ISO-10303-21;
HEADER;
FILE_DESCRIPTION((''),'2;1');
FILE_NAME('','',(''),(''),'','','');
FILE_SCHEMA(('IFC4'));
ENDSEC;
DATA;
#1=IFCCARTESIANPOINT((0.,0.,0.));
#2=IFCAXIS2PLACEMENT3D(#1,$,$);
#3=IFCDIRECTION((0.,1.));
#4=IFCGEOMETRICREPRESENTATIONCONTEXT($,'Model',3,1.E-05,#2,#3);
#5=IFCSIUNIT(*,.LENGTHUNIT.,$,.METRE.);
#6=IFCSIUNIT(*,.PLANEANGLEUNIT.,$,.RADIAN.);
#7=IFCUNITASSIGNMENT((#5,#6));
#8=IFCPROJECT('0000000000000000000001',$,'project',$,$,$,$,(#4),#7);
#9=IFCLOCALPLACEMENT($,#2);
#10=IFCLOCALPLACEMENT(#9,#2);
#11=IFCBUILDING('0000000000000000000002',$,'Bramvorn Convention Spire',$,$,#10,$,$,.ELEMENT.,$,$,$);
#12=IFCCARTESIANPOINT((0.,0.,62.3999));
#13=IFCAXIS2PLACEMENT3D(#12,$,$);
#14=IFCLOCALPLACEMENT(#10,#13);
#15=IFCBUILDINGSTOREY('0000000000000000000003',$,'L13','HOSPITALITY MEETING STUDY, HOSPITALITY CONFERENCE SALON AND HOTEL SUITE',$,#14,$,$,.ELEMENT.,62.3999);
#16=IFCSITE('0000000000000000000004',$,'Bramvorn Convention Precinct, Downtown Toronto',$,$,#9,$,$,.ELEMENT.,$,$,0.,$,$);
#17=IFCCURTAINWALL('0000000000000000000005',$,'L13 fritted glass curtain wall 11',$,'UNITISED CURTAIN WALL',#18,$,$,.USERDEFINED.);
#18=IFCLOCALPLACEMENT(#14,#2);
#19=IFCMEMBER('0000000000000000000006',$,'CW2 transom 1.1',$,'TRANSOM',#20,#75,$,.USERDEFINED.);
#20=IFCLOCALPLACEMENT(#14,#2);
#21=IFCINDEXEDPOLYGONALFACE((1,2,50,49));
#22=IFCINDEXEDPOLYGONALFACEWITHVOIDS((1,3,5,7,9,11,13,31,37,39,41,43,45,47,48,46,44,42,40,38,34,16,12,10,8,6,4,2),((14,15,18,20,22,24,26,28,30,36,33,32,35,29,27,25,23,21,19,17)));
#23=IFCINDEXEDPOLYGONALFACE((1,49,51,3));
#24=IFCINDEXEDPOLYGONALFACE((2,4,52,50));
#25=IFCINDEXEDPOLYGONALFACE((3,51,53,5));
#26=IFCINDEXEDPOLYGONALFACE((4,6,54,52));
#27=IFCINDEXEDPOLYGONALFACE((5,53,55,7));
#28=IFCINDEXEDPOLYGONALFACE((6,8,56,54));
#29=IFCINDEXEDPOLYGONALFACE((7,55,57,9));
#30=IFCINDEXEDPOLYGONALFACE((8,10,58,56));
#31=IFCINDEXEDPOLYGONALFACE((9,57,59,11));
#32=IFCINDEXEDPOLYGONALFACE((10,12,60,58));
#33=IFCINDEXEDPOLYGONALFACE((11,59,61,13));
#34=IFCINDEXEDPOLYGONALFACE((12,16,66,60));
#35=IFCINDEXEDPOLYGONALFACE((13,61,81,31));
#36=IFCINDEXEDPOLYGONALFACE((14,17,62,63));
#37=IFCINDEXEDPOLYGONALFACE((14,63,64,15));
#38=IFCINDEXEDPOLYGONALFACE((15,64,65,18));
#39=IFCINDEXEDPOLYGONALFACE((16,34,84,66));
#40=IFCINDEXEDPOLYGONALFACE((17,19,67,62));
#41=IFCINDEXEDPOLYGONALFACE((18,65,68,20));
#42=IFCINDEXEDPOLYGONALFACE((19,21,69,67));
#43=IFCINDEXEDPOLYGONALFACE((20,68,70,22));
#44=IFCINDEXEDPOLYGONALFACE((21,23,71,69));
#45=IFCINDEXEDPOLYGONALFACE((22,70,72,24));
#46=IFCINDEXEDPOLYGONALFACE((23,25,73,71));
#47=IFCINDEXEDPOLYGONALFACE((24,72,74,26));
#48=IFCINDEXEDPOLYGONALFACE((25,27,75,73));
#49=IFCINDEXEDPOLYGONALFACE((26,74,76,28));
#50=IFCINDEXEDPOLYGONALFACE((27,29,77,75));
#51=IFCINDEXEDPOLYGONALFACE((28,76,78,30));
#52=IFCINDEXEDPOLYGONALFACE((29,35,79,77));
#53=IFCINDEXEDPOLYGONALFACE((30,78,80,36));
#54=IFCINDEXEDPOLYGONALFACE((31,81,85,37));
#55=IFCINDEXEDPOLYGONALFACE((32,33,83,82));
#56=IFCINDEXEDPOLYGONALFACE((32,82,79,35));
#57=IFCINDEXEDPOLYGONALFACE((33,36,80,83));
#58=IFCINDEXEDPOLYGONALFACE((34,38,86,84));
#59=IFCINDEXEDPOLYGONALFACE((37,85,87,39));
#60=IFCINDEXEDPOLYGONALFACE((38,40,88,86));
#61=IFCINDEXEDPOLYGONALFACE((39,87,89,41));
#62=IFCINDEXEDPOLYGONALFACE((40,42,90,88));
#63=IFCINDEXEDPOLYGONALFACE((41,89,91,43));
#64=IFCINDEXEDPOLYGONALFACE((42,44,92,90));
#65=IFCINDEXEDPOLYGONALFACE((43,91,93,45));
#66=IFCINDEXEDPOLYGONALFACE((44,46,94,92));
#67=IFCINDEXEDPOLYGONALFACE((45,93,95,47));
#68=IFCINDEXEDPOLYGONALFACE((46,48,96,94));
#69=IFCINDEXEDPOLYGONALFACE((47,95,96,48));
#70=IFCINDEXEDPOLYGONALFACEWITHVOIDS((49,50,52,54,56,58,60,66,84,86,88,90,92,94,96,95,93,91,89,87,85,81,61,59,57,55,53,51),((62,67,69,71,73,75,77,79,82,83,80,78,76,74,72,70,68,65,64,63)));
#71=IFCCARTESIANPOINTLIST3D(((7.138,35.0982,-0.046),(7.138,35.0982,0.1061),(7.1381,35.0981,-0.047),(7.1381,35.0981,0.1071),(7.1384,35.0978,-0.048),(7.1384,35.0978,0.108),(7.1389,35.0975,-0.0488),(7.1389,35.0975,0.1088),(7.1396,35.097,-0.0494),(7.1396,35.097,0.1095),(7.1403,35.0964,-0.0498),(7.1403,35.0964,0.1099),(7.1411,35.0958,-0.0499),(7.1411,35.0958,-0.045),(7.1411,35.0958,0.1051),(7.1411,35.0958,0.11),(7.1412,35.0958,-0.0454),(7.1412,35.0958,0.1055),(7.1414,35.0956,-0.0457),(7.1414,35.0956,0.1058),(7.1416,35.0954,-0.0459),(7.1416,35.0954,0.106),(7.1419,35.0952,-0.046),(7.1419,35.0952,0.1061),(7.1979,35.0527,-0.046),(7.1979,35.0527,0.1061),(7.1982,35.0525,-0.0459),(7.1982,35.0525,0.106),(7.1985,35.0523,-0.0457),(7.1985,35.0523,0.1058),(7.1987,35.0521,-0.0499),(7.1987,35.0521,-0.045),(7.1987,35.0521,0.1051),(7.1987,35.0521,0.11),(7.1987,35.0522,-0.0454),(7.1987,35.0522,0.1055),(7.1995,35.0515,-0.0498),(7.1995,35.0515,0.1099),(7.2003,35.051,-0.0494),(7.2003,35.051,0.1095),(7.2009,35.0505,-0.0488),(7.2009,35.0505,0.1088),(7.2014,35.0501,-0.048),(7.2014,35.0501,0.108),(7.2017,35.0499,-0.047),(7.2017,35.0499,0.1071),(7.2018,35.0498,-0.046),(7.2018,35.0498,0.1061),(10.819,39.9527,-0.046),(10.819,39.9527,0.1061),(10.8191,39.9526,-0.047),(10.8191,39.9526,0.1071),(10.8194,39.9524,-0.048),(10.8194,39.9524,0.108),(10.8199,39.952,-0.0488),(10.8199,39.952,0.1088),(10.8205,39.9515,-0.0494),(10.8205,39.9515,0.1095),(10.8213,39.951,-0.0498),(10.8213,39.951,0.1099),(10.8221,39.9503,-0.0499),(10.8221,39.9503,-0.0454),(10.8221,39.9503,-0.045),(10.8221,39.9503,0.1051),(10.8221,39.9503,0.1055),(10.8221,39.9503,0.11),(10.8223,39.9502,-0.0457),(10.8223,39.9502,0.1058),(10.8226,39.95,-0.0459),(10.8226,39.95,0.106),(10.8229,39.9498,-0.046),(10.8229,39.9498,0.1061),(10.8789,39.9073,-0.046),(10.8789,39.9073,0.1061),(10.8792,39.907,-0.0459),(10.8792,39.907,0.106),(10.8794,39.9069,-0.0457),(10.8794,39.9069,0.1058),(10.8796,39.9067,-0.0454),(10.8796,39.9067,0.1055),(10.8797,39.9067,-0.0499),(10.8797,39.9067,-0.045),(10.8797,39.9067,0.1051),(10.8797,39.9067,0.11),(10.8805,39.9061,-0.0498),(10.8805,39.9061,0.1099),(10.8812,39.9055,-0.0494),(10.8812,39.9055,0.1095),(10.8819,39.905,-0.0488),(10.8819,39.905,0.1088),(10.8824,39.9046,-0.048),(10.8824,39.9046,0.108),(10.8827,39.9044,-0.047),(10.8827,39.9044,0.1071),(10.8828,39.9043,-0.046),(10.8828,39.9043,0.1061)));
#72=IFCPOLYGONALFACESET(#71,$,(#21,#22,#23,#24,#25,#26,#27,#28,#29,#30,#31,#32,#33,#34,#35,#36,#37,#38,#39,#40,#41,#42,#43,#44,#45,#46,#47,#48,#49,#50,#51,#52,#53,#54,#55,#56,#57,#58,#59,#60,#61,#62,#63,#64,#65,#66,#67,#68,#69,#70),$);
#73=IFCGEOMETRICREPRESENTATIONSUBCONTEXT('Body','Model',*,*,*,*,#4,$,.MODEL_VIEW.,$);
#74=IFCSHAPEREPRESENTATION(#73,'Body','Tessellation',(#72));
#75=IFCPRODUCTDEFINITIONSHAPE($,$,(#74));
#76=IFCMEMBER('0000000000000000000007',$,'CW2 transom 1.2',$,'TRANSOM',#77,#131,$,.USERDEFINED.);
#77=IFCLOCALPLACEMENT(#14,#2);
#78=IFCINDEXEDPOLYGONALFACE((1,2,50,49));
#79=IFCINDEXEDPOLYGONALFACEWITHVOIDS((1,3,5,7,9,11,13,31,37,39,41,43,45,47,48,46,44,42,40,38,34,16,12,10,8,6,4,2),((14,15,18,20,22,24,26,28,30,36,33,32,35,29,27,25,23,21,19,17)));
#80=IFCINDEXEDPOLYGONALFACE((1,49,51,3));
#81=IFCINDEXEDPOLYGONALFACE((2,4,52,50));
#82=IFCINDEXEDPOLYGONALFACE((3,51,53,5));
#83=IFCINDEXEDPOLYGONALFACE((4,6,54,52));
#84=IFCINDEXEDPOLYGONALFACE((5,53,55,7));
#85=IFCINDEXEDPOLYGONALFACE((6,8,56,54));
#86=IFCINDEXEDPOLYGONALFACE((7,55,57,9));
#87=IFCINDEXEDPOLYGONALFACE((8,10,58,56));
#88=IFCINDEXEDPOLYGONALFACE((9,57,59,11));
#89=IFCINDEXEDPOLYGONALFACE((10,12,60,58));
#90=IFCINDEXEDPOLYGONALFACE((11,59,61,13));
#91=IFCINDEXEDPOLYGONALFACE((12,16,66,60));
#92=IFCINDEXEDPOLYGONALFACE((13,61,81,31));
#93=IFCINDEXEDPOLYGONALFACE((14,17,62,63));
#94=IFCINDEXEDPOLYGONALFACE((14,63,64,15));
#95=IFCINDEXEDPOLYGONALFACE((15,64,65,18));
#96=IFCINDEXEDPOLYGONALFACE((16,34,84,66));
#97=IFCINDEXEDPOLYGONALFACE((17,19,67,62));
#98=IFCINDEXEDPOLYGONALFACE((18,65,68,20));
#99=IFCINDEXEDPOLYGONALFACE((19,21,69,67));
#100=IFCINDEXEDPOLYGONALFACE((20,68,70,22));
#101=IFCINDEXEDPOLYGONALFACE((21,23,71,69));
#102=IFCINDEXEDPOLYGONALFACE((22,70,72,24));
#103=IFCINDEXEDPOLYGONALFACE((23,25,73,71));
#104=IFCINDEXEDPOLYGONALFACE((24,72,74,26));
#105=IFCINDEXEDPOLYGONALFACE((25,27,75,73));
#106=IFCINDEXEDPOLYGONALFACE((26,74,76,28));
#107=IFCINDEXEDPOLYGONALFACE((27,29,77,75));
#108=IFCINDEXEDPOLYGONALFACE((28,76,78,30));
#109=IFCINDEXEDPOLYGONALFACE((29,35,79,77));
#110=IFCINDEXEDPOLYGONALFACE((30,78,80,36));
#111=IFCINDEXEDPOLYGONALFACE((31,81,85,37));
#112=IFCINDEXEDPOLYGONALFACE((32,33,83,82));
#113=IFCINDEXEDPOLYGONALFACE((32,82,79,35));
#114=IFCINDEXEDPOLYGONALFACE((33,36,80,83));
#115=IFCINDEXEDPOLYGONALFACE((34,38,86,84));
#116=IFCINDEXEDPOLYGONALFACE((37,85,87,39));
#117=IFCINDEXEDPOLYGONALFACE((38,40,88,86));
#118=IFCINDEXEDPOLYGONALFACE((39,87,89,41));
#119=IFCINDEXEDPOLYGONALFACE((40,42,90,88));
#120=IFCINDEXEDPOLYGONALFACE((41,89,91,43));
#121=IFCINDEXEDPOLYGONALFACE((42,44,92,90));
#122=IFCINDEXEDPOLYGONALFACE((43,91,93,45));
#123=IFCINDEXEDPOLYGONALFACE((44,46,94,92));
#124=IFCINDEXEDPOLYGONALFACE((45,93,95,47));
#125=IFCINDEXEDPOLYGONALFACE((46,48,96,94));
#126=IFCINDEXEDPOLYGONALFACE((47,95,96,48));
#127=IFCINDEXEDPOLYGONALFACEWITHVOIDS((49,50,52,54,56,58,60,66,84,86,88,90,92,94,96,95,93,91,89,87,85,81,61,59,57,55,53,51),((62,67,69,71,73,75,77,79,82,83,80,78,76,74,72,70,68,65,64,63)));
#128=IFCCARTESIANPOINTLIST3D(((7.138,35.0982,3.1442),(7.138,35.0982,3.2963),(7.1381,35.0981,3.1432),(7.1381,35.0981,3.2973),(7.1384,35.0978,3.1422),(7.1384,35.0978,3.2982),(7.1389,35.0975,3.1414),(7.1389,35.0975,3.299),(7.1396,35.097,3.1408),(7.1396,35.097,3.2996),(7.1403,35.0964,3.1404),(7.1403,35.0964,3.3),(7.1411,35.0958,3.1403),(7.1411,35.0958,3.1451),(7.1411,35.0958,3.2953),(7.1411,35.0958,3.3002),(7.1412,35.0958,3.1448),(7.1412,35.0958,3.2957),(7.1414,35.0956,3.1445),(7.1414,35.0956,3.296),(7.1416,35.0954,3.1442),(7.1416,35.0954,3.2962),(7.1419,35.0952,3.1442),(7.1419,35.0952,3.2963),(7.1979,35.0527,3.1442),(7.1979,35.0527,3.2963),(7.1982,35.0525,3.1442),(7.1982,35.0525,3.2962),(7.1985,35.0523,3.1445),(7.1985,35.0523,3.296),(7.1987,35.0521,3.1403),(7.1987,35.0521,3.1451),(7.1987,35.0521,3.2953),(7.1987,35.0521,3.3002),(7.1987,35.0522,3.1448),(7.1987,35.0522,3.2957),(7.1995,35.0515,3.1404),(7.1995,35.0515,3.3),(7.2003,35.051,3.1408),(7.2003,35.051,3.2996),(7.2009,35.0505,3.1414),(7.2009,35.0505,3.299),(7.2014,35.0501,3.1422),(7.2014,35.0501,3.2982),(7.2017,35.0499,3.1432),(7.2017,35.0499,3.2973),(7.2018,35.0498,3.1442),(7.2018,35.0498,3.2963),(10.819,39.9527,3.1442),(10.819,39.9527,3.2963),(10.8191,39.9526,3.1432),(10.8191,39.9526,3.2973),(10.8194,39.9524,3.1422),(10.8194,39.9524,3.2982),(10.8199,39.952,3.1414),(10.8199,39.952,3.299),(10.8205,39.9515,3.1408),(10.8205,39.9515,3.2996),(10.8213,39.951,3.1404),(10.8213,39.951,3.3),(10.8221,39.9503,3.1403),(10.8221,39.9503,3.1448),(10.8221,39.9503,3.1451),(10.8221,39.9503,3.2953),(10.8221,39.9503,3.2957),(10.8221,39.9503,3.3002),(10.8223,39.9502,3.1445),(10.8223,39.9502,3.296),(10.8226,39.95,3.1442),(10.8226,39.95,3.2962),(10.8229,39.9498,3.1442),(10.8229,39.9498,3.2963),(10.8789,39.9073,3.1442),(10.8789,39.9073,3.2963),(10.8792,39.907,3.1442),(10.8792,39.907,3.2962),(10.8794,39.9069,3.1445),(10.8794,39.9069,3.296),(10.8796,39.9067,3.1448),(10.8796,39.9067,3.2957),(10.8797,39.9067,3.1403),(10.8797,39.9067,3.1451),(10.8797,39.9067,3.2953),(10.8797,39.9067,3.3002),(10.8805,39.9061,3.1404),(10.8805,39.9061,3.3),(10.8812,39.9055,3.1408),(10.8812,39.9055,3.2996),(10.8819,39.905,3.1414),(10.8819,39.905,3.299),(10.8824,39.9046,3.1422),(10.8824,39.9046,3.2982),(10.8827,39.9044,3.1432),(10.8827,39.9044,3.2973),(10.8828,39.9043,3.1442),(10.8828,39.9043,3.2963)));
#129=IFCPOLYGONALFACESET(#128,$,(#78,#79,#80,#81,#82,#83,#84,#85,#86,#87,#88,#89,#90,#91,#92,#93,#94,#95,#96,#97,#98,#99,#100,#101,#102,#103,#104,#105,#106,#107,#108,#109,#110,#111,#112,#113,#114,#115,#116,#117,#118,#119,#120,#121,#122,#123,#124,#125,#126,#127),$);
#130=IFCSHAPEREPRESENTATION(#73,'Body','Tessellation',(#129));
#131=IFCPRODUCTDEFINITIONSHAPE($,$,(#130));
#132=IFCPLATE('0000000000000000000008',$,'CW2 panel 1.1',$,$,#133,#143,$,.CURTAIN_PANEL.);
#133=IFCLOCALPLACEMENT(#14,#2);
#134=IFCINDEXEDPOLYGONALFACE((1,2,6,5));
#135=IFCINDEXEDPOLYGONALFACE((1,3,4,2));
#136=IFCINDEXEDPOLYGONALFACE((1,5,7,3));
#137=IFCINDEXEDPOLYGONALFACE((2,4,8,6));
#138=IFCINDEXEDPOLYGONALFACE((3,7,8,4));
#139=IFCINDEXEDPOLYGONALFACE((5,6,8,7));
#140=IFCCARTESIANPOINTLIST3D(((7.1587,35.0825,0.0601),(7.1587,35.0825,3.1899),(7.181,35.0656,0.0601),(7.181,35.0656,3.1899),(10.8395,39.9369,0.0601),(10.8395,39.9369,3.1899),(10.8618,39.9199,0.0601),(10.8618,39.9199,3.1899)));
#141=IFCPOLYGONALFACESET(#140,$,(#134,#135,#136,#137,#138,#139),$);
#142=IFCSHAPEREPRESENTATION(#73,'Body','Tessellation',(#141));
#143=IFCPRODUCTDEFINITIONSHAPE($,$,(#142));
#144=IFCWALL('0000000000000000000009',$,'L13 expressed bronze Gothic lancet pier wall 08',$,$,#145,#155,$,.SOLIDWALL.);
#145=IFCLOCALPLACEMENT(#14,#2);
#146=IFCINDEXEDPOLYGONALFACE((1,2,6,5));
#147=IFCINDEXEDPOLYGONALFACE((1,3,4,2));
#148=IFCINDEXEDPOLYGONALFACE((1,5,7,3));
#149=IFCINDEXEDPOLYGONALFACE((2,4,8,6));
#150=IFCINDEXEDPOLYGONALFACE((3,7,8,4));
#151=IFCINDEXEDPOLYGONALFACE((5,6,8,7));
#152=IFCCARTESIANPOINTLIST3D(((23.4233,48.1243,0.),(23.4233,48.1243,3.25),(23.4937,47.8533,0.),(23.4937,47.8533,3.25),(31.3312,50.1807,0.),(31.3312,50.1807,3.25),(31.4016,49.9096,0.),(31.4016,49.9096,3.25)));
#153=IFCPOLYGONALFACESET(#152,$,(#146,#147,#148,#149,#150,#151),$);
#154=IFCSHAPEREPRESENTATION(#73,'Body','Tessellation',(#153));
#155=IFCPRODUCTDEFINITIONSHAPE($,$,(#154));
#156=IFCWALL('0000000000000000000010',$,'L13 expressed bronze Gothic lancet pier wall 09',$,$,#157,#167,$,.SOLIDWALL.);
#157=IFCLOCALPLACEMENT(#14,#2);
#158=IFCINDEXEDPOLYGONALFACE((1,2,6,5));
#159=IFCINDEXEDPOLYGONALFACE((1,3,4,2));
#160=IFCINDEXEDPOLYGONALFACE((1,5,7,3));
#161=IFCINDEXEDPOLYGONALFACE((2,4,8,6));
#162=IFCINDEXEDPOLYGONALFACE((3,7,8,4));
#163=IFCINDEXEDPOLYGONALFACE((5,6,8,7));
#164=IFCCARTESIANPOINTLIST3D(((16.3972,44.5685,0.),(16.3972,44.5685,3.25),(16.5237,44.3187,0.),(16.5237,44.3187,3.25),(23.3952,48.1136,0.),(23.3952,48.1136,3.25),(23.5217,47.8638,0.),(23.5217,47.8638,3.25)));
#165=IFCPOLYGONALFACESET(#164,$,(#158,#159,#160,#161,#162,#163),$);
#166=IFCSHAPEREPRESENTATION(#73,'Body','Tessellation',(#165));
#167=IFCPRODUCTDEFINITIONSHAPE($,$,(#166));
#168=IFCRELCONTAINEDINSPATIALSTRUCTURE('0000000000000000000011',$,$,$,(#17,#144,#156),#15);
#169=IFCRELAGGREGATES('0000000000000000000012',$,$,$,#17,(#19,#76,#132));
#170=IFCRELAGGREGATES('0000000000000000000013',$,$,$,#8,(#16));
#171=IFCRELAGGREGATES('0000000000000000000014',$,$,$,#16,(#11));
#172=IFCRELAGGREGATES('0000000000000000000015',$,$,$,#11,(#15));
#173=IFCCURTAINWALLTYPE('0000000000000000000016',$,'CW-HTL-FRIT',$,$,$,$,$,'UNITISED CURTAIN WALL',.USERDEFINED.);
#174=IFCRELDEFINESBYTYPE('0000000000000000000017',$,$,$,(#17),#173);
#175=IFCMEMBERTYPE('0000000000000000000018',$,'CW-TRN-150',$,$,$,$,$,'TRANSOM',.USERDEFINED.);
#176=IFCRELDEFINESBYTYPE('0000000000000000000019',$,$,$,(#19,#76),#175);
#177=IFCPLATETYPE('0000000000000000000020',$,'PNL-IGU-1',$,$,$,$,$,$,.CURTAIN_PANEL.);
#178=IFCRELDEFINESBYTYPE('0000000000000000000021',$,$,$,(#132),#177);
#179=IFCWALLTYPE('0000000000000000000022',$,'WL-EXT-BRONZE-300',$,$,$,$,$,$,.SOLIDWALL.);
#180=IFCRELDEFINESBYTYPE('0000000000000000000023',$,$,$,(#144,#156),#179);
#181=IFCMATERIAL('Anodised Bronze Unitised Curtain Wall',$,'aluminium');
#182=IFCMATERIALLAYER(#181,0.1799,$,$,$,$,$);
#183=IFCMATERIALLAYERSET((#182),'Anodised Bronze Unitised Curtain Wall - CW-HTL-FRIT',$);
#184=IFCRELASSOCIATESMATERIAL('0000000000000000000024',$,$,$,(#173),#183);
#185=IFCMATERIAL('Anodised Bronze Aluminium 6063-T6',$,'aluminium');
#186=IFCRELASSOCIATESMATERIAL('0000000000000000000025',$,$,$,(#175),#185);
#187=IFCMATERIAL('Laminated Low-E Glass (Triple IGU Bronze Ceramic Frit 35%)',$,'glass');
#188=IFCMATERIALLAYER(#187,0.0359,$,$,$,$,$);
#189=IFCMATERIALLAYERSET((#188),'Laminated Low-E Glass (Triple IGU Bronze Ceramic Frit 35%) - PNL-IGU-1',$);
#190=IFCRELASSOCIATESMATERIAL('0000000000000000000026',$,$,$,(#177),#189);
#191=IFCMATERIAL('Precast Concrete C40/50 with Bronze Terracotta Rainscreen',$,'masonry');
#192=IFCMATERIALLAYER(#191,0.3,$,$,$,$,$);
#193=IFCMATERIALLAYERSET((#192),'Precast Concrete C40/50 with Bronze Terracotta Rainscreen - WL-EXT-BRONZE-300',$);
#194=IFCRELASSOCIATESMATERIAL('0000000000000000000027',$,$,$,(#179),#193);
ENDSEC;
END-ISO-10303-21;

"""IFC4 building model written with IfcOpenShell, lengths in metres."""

from ifc_helpers import new_model, si_unit, direction, frame, frame_2d, origin, origin_2d, place, context, subcontext, project, spatial, rectangle, hollow_rectangle, extrude, material, layer, layer_set, material_profile, profile_set, type_object, element, aggregate, save


model = new_model("IFC4")

# Units and contexts
model_context = context("Model", 3, precision=1e-05, world=origin(), true_north=direction((0.0, 1.0)))
body_context = subcontext(model_context, "Body", "Model", "MODEL_VIEW")
ifc_project = project(units=[si_unit("LENGTHUNIT", "METRE"), si_unit("PLANEANGLEUNIT", "RADIAN")], contexts=[model_context])

# Site, building, storey
site_placement = place(None, origin())
site = spatial("IfcSite", under=ifc_project, at=site_placement, Name="Bramvorn Convention Precinct, Downtown Toronto", CompositionType="ELEMENT", RefElevation=0.0)
building_placement = place(site_placement, origin())
building = spatial("IfcBuilding", under=site, at=building_placement, Name="Bramvorn Convention Spire", CompositionType="ELEMENT")
storey_placement = place(building_placement, frame((0.0, 0.0, 62.3999)))
storey = spatial("IfcBuildingStorey", under=building, at=storey_placement, Name="L13", Description="HOSPITALITY MEETING STUDY, HOSPITALITY CONFERENCE SALON AND HOTEL SUITE", CompositionType="ELEMENT", Elevation=62.3999)

# Curtain wall, members, plate
ifc_material_1 = material(Name="Anodised Bronze Unitised Curtain Wall", Category="aluminium")
ifc_layer_1 = layer(ifc_material_1, 0.1799)
ifc_layer_set_1 = layer_set([ifc_layer_1], Name="Anodised Bronze Unitised Curtain Wall - CW-HTL-FRIT")
curtain_wall_type = type_object("IfcCurtainWallType", Name="CW-HTL-FRIT", ElementType="UNITISED CURTAIN WALL", PredefinedType="USERDEFINED", material=ifc_layer_set_1)
curtain_wall_placement = place(storey_placement, origin())
curtain_wall = element("IfcCurtainWall", 1, at=curtain_wall_placement, inside=storey, type_object=curtain_wall_type, Name="L13 fritted glass curtain wall 11", ObjectType="UNITISED CURTAIN WALL", PredefinedType="USERDEFINED")
ifc_material_2 = material(Name="Anodised Bronze Aluminium 6063-T6", Category="aluminium")
ifc_material_profile_1 = material_profile(ifc_material_2, hollow_rectangle(XDim=0.0801, YDim=0.1599, WallThickness=0.0039, InnerFilletRadius=0.001, OuterFilletRadius=0.0039, at=origin_2d()))
ifc_profile_set_1 = profile_set([ifc_material_profile_1], Name="Anodised Bronze Aluminium 6063-T6 - CWT80X160")
member_type_1 = type_object("IfcMemberType", Name="CW-TRN-150", ElementType="TRANSOM", PredefinedType="USERDEFINED", material=ifc_profile_set_1)
member_1_placement = place(storey_placement, frame((7.1699, 35.074, 0.03), z_axis=(0.604198, 0.796834, 0.0), x_axis=(-0.796834, 0.604198, 0.0)))
member_1 = element("IfcMember", 2, at=member_1_placement, type_object=member_type_1, Name="CW2 transom 1.1", ObjectType="TRANSOM", PredefinedType="USERDEFINED", context=body_context, shape_type="SweptSolid", body=[
    extrude(hollow_rectangle(XDim=0.0801, YDim=0.1599, WallThickness=0.0039, InnerFilletRadius=0.001, OuterFilletRadius=0.0039, at=origin_2d()), origin(), (0.0, 0.0, 1.0), 6.0923),
])
member_2_placement = place(storey_placement, frame((7.1699, 35.074, 3.2202), z_axis=(0.604198, 0.796834, 0.0), x_axis=(-0.796834, 0.604198, 0.0)))
member_2 = element("IfcMember", 3, at=member_2_placement, type_object=member_type_1, Name="CW2 transom 1.2", ObjectType="TRANSOM", PredefinedType="USERDEFINED", context=body_context, shape_type="SweptSolid", body=[
    extrude(hollow_rectangle(XDim=0.0801, YDim=0.1599, WallThickness=0.0039, InnerFilletRadius=0.001, OuterFilletRadius=0.0039, at=origin_2d()), origin(), (0.0, 0.0, 1.0), 6.0923),
])
ifc_material_3 = material(Name="Laminated Low-E Glass (Triple IGU Bronze Ceramic Frit 35%)", Category="glass")
ifc_layer_2 = layer(ifc_material_3, 0.0359)
ifc_layer_set_2 = layer_set([ifc_layer_2], Name="Laminated Low-E Glass (Triple IGU Bronze Ceramic Frit 35%) - PNL-IGU-1")
plate_type = type_object("IfcPlateType", Name="PNL-IGU-1", PredefinedType="CURTAIN_PANEL", material=ifc_layer_set_2)
plate_placement = place(storey_placement, frame((9.0103, 37.5012, 0.0601), z_axis=(0.0, 0.0, 1.0), x_axis=(0.604195, 0.796836, 0.0)))
plate = element("IfcPlate", 4, at=plate_placement, type_object=plate_type, Name="CW2 panel 1.1", PredefinedType="CURTAIN_PANEL", context=body_context, shape_type="SweptSolid", body=[
    extrude(rectangle(XDim=6.092, YDim=0.0281, at=origin_2d()), origin(), (0.0, 0.0, 1.0), 3.1299),
])
aggregate(curtain_wall, [member_1, member_2, plate])

# Walls
ifc_material_4 = material(Name="Precast Concrete C40/50 with Bronze Terracotta Rainscreen", Category="masonry")
ifc_layer_3 = layer(ifc_material_4, 0.3)
ifc_layer_set_3 = layer_set([ifc_layer_3], Name="Precast Concrete C40/50 with Bronze Terracotta Rainscreen - WL-EXT-BRONZE-300")
wall_type_1 = type_object("IfcWallType", Name="WL-EXT-BRONZE-300", PredefinedType="SOLIDWALL", material=ifc_layer_set_3)
wall_1_placement = place(storey_placement, frame((23.4585, 47.9888, 0.0), z_axis=(0.0, 0.0, 1.0), x_axis=(0.967813, 0.251671, 0.0)))
element("IfcWall", 5, at=wall_1_placement, inside=storey, type_object=wall_type_1, Name="L13 expressed bronze Gothic lancet pier wall 08", PredefinedType="SOLIDWALL", context=body_context, shape_type="SweptSolid", body=[
    extrude(rectangle(XDim=8.1709, YDim=0.28, at=frame_2d((4.0854, 0.0))), origin(), (0.0, 0.0, 1.0), 3.25),
])
wall_2_placement = place(storey_placement, frame((16.4604, 44.4436, 0.0), z_axis=(0.0, 0.0, 1.0), x_axis=(0.892062, 0.451913, 0.0)))
element("IfcWall", 6, at=wall_2_placement, inside=storey, type_object=wall_type_1, Name="L13 expressed bronze Gothic lancet pier wall 09", PredefinedType="SOLIDWALL", context=body_context, shape_type="SweptSolid", body=[
    extrude(rectangle(XDim=7.8447, YDim=0.28, at=frame_2d((3.9224, 0.0))), origin(), (0.0, 0.0, 1.0), 3.25),
])

save(model, "model.ifc")
